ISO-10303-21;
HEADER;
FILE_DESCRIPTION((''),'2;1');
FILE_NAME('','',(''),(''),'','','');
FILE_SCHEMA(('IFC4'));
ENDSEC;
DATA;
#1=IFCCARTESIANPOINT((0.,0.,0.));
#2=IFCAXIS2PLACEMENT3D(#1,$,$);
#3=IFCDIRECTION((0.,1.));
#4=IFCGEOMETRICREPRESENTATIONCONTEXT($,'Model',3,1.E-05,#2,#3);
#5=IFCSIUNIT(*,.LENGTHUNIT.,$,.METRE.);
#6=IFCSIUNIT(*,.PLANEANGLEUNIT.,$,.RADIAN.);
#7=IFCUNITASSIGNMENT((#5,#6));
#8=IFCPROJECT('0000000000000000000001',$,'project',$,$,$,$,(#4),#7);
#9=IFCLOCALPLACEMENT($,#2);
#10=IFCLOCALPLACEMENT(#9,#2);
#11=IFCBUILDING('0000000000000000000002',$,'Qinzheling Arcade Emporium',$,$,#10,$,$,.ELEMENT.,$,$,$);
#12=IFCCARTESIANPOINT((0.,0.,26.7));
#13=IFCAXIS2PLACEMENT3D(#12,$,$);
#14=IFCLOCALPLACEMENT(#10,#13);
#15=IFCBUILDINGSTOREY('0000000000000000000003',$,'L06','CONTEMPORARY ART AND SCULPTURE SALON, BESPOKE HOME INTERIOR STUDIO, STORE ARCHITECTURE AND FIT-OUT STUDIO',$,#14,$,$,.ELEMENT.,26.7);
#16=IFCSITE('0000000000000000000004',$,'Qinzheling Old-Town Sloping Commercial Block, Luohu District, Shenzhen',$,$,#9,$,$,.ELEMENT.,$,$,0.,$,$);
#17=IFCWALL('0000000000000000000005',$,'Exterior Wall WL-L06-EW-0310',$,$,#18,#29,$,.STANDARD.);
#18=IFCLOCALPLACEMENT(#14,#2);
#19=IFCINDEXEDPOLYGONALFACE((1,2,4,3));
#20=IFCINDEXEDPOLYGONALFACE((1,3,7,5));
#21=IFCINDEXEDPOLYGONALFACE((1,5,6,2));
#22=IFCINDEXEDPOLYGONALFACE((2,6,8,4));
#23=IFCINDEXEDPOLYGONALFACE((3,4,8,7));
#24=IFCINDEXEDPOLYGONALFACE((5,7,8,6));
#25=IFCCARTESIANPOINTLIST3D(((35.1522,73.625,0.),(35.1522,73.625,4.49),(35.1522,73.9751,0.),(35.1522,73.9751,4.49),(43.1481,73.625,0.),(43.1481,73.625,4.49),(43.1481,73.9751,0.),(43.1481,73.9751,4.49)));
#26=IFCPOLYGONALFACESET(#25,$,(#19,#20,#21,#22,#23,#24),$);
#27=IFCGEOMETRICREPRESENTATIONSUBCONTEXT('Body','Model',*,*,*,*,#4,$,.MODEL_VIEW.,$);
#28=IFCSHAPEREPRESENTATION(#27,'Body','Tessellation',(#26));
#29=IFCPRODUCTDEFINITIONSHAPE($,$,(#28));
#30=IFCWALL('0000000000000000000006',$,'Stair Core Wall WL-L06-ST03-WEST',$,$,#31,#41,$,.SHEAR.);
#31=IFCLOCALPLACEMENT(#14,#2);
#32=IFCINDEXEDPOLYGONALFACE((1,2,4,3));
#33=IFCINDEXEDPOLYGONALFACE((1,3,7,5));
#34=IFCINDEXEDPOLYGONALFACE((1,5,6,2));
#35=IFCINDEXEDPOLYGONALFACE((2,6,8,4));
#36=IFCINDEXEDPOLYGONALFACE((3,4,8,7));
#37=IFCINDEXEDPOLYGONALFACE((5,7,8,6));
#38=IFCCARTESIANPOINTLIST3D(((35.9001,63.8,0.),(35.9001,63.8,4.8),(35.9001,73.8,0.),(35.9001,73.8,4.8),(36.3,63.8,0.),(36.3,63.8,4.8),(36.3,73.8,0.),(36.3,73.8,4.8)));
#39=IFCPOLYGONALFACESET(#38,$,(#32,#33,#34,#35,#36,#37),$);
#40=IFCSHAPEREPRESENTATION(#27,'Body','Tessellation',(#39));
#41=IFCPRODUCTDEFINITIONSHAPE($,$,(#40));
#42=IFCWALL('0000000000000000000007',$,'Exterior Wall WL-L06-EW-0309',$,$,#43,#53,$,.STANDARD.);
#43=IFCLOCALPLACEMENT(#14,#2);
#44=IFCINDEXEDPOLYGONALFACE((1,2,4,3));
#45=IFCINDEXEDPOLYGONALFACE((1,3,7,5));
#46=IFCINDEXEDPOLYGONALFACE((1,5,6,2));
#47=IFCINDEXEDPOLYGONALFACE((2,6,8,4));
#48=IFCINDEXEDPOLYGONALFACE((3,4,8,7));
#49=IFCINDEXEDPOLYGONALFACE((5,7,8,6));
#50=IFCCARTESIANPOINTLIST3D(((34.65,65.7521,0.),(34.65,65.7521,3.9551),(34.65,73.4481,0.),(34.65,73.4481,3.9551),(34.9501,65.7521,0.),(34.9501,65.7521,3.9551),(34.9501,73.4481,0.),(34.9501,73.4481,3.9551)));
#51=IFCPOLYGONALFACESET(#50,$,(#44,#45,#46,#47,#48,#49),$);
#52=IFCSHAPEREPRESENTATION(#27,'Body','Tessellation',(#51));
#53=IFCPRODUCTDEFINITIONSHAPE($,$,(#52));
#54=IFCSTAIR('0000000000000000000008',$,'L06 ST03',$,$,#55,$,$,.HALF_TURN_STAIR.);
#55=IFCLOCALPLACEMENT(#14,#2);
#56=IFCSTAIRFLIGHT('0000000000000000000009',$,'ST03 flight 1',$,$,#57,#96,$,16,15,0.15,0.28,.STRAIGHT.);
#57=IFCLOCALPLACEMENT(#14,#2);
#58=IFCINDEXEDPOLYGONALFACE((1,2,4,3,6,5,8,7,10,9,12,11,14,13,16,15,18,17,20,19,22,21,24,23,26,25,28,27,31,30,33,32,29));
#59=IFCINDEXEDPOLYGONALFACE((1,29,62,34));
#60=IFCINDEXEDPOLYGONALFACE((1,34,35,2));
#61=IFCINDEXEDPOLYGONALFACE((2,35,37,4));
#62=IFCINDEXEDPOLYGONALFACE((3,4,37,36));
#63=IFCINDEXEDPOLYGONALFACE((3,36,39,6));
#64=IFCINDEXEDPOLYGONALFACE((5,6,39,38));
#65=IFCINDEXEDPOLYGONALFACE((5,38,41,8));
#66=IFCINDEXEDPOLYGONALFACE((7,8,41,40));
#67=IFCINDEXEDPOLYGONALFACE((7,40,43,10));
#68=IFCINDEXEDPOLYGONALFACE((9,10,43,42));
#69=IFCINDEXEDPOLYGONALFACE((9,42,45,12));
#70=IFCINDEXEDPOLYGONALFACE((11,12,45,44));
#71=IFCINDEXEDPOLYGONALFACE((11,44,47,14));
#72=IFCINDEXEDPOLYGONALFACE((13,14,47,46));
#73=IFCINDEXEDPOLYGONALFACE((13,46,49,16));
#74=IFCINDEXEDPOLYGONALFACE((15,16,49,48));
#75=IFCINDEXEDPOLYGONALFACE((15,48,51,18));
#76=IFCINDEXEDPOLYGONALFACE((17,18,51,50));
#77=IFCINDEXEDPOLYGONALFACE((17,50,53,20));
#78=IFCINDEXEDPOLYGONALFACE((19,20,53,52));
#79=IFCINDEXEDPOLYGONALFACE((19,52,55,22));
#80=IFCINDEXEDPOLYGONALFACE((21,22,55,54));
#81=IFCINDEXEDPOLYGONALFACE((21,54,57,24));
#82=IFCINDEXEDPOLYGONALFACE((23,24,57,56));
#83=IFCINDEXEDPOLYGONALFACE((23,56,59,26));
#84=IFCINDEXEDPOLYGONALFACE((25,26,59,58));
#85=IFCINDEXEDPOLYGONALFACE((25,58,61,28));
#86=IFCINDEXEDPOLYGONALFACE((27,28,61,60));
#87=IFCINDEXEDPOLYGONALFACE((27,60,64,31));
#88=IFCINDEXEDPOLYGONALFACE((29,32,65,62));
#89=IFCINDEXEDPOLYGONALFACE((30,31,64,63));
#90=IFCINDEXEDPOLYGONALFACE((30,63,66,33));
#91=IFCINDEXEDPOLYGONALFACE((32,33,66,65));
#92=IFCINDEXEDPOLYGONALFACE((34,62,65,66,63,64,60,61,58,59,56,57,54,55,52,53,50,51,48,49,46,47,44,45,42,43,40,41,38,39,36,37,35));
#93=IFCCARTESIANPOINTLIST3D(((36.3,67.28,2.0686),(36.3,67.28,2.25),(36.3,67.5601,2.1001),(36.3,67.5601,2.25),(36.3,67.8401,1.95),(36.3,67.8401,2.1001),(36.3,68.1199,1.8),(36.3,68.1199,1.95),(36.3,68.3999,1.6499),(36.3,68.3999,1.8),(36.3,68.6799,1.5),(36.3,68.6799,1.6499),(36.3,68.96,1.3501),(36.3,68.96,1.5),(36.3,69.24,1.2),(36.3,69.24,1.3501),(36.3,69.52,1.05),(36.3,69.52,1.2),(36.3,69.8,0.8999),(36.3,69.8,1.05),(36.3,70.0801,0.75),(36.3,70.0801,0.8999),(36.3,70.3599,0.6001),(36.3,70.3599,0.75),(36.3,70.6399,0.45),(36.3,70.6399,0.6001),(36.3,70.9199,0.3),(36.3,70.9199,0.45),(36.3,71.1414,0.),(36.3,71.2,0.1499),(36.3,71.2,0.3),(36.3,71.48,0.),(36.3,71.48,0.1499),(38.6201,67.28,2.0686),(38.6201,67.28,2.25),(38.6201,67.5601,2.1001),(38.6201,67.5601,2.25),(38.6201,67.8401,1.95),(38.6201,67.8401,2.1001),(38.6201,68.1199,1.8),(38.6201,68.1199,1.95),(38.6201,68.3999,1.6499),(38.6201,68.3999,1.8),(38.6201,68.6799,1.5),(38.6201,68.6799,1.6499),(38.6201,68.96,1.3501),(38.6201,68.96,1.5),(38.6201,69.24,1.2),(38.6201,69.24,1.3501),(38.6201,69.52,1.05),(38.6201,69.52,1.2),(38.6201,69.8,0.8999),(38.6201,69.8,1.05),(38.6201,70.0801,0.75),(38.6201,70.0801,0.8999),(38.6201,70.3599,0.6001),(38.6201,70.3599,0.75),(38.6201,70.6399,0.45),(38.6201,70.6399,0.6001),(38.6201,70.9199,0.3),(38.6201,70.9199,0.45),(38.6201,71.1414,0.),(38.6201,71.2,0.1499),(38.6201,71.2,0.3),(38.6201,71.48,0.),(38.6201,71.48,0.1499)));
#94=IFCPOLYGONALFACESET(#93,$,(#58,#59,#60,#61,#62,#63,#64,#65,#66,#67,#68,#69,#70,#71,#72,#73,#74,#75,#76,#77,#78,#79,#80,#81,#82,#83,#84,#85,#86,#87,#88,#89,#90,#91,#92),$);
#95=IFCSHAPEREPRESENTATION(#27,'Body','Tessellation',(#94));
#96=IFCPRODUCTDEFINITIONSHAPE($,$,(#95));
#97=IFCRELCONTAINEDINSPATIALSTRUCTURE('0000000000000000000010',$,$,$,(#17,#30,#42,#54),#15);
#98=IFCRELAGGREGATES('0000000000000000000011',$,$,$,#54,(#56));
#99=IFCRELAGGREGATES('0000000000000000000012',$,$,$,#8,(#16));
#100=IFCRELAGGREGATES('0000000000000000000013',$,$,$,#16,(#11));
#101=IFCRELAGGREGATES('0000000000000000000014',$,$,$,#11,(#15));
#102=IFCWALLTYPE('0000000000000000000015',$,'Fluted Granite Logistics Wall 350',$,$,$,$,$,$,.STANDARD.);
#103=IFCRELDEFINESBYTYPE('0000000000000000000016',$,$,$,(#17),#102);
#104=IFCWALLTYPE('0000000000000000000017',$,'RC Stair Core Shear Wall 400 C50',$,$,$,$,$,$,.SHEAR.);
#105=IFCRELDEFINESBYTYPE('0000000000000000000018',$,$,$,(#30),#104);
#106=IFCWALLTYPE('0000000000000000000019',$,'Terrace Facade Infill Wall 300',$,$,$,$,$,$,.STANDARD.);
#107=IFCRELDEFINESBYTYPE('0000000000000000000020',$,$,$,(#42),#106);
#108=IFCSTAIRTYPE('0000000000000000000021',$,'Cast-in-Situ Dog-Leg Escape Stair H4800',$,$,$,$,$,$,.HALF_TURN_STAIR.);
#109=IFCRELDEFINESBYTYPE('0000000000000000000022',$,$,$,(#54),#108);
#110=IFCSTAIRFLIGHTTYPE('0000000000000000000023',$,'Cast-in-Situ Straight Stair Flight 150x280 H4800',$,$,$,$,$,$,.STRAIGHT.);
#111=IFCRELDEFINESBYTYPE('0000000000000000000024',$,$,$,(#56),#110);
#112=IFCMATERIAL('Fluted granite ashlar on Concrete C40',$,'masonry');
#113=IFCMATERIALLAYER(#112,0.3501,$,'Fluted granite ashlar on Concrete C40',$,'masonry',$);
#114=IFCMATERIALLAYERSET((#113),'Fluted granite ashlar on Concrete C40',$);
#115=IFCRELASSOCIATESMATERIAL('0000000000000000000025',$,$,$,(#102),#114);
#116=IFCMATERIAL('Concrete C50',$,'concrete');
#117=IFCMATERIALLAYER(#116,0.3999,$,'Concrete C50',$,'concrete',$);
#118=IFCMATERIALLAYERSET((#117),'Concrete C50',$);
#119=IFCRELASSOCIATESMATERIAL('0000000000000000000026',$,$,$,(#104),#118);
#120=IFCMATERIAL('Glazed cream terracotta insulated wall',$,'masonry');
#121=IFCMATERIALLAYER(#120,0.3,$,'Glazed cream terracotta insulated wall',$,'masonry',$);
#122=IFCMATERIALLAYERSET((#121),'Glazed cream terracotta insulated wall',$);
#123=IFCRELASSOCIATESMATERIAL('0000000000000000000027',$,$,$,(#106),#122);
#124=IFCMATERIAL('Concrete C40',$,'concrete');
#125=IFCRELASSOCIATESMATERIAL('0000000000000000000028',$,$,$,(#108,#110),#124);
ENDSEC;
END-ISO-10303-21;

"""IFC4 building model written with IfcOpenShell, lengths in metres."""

from ifc_helpers import new_model, si_unit, direction, frame, frame_2d, origin, place, context, subcontext, project, spatial, polyline, rectangle, outline, extrude, material, layer, layer_set, type_object, element, aggregate, save


model = new_model("IFC4")

# Units and contexts
model_context = context("Model", 3, precision=1e-05, world=origin(), true_north=direction((0.0, 1.0)))
body_context = subcontext(model_context, "Body", "Model", "MODEL_VIEW")
ifc_project = project(units=[si_unit("LENGTHUNIT", "METRE"), si_unit("PLANEANGLEUNIT", "RADIAN")], contexts=[model_context])

# Site, building, storey
site_placement = place(None, origin())
site = spatial("IfcSite", under=ifc_project, at=site_placement, Name="Qinzheling Old-Town Sloping Commercial Block, Luohu District, Shenzhen", CompositionType="ELEMENT", RefElevation=0.0)
building_placement = place(site_placement, origin())
building = spatial("IfcBuilding", under=site, at=building_placement, Name="Qinzheling Arcade Emporium", CompositionType="ELEMENT")
storey_placement = place(building_placement, frame((0.0, 0.0, 26.7)))
storey = spatial("IfcBuildingStorey", under=building, at=storey_placement, Name="L06", Description="CONTEMPORARY ART AND SCULPTURE SALON, BESPOKE HOME INTERIOR STUDIO, STORE ARCHITECTURE AND FIT-OUT STUDIO", CompositionType="ELEMENT", Elevation=26.7)

# Shared definitions
ifc_material_1 = material(Name="Concrete C40", Category="concrete")

# Walls
ifc_material_2 = material(Name="Fluted granite ashlar on Concrete C40", Category="masonry")
ifc_layer_1 = layer(ifc_material_2, 0.3501, Name="Fluted granite ashlar on Concrete C40", Category="masonry")
ifc_layer_set_1 = layer_set([ifc_layer_1], Name="Fluted granite ashlar on Concrete C40")
wall_type_1 = type_object("IfcWallType", Name="Fluted Granite Logistics Wall 350", PredefinedType="STANDARD", material=ifc_layer_set_1)
wall_1_placement = place(storey_placement, frame((35.1521, 73.8, 0.0), z_axis=(0.0, 0.0, 1.0), x_axis=(1.0, 0.0, 0.0)))
element("IfcWall", 1, at=wall_1_placement, inside=storey, type_object=wall_type_1, Name="Exterior Wall WL-L06-EW-0310", PredefinedType="STANDARD", context=body_context, shape_type="SweptSolid", body=[
    extrude(rectangle(XDim=7.9958, YDim=0.3501, at=frame_2d((3.998, 0.0))), origin(), (0.0, 0.0, 1.0), 4.49),
])
ifc_material_3 = material(Name="Concrete C50", Category="concrete")
ifc_layer_2 = layer(ifc_material_3, 0.3999, Name="Concrete C50", Category="concrete")
ifc_layer_set_2 = layer_set([ifc_layer_2], Name="Concrete C50")
wall_type_2 = type_object("IfcWallType", Name="RC Stair Core Shear Wall 400 C50", PredefinedType="SHEAR", material=ifc_layer_set_2)
wall_2_placement = place(storey_placement, frame((36.1001, 63.8, 0.0), z_axis=(0.0, 0.0, 1.0), x_axis=(0.0, 1.0, 0.0)))
element("IfcWall", 2, at=wall_2_placement, inside=storey, type_object=wall_type_2, Name="Stair Core Wall WL-L06-ST03-WEST", PredefinedType="SHEAR", context=body_context, shape_type="SweptSolid", body=[
    extrude(rectangle(XDim=10.0, YDim=0.3999, at=frame_2d((5.0, 0.0))), origin(), (0.0, 0.0, 1.0), 4.8),
])
ifc_material_4 = material(Name="Glazed cream terracotta insulated wall", Category="masonry")
ifc_layer_3 = layer(ifc_material_4, 0.3, Name="Glazed cream terracotta insulated wall", Category="masonry")
ifc_layer_set_3 = layer_set([ifc_layer_3], Name="Glazed cream terracotta insulated wall")
wall_type_3 = type_object("IfcWallType", Name="Terrace Facade Infill Wall 300", PredefinedType="STANDARD", material=ifc_layer_set_3)
wall_3_placement = place(storey_placement, frame((34.8, 65.752, 0.0), z_axis=(0.0, 0.0, 1.0), x_axis=(0.0, 1.0, 0.0)))
element("IfcWall", 3, at=wall_3_placement, inside=storey, type_object=wall_type_3, Name="Exterior Wall WL-L06-EW-0309", PredefinedType="STANDARD", context=body_context, shape_type="SweptSolid", body=[
    extrude(rectangle(XDim=7.696, YDim=0.3, at=frame_2d((3.8481, 0.0))), origin(), (0.0, 0.0, 1.0), 3.9551),
])

# Stair, stair flight
stair_type = type_object("IfcStairType", Name="Cast-in-Situ Dog-Leg Escape Stair H4800", PredefinedType="HALF_TURN_STAIR", material=ifc_material_1)
stair_placement = place(storey_placement, origin())
stair = element("IfcStair", 4, at=stair_placement, inside=storey, type_object=stair_type, Name="L06 ST03", PredefinedType="HALF_TURN_STAIR")
stair_flight_type = type_object("IfcStairFlightType", Name="Cast-in-Situ Straight Stair Flight 150x280 H4800", PredefinedType="STRAIGHT", material=ifc_material_1)
stair_flight_placement = place(storey_placement, frame((37.46, 71.48, 0.0), z_axis=(0.0, 0.0, 1.0), x_axis=(0.0, -1.0, 0.0)))
stair_flight = element("IfcStairFlight", 5, at=stair_flight_placement, type_object=stair_flight_type, Name="ST03 flight 1", NumberOfRisers=16, NumberOfTreads=15, PredefinedType="STRAIGHT", RiserHeight=0.15, TreadLength=0.28, context=body_context, shape_type="SweptSolid", body=[
    extrude(outline(polyline([(0.0, 0.0), (0.0, 0.1499), (0.28, 0.1499), (0.28, 0.3), (0.5601, 0.3), (0.5601, 0.45), (0.8401, 0.45), (0.8401, 0.6001), (1.1201, 0.6001), (1.1201, 0.75), (1.3999, 0.75), (1.3999, 0.8999), (1.6799, 0.8999), (1.6799, 1.05), (1.96, 1.05), (1.96, 1.2), (2.24, 1.2), (2.24, 1.3501), (2.52, 1.3501), (2.52, 1.5), (2.8, 1.5), (2.8, 1.6499), (3.0801, 1.6499), (3.0801, 1.8), (3.3601, 1.8), (3.3601, 1.95), (3.6399, 1.95), (3.6399, 2.1001), (3.9199, 2.1001), (3.9199, 2.25), (4.2, 2.25), (4.2, 2.3999), (4.2, 2.0686), (0.3386, 0.0), (0.0, 0.0)])), frame((0.0, 1.1602, 0.0), z_axis=(0.0, -1.0, 0.0), x_axis=(1.0, 0.0, 0.0)), (0.0, 0.0, 1.0), 2.3201),
])
aggregate(stair, [stair_flight])

save(model, "model.ifc")
